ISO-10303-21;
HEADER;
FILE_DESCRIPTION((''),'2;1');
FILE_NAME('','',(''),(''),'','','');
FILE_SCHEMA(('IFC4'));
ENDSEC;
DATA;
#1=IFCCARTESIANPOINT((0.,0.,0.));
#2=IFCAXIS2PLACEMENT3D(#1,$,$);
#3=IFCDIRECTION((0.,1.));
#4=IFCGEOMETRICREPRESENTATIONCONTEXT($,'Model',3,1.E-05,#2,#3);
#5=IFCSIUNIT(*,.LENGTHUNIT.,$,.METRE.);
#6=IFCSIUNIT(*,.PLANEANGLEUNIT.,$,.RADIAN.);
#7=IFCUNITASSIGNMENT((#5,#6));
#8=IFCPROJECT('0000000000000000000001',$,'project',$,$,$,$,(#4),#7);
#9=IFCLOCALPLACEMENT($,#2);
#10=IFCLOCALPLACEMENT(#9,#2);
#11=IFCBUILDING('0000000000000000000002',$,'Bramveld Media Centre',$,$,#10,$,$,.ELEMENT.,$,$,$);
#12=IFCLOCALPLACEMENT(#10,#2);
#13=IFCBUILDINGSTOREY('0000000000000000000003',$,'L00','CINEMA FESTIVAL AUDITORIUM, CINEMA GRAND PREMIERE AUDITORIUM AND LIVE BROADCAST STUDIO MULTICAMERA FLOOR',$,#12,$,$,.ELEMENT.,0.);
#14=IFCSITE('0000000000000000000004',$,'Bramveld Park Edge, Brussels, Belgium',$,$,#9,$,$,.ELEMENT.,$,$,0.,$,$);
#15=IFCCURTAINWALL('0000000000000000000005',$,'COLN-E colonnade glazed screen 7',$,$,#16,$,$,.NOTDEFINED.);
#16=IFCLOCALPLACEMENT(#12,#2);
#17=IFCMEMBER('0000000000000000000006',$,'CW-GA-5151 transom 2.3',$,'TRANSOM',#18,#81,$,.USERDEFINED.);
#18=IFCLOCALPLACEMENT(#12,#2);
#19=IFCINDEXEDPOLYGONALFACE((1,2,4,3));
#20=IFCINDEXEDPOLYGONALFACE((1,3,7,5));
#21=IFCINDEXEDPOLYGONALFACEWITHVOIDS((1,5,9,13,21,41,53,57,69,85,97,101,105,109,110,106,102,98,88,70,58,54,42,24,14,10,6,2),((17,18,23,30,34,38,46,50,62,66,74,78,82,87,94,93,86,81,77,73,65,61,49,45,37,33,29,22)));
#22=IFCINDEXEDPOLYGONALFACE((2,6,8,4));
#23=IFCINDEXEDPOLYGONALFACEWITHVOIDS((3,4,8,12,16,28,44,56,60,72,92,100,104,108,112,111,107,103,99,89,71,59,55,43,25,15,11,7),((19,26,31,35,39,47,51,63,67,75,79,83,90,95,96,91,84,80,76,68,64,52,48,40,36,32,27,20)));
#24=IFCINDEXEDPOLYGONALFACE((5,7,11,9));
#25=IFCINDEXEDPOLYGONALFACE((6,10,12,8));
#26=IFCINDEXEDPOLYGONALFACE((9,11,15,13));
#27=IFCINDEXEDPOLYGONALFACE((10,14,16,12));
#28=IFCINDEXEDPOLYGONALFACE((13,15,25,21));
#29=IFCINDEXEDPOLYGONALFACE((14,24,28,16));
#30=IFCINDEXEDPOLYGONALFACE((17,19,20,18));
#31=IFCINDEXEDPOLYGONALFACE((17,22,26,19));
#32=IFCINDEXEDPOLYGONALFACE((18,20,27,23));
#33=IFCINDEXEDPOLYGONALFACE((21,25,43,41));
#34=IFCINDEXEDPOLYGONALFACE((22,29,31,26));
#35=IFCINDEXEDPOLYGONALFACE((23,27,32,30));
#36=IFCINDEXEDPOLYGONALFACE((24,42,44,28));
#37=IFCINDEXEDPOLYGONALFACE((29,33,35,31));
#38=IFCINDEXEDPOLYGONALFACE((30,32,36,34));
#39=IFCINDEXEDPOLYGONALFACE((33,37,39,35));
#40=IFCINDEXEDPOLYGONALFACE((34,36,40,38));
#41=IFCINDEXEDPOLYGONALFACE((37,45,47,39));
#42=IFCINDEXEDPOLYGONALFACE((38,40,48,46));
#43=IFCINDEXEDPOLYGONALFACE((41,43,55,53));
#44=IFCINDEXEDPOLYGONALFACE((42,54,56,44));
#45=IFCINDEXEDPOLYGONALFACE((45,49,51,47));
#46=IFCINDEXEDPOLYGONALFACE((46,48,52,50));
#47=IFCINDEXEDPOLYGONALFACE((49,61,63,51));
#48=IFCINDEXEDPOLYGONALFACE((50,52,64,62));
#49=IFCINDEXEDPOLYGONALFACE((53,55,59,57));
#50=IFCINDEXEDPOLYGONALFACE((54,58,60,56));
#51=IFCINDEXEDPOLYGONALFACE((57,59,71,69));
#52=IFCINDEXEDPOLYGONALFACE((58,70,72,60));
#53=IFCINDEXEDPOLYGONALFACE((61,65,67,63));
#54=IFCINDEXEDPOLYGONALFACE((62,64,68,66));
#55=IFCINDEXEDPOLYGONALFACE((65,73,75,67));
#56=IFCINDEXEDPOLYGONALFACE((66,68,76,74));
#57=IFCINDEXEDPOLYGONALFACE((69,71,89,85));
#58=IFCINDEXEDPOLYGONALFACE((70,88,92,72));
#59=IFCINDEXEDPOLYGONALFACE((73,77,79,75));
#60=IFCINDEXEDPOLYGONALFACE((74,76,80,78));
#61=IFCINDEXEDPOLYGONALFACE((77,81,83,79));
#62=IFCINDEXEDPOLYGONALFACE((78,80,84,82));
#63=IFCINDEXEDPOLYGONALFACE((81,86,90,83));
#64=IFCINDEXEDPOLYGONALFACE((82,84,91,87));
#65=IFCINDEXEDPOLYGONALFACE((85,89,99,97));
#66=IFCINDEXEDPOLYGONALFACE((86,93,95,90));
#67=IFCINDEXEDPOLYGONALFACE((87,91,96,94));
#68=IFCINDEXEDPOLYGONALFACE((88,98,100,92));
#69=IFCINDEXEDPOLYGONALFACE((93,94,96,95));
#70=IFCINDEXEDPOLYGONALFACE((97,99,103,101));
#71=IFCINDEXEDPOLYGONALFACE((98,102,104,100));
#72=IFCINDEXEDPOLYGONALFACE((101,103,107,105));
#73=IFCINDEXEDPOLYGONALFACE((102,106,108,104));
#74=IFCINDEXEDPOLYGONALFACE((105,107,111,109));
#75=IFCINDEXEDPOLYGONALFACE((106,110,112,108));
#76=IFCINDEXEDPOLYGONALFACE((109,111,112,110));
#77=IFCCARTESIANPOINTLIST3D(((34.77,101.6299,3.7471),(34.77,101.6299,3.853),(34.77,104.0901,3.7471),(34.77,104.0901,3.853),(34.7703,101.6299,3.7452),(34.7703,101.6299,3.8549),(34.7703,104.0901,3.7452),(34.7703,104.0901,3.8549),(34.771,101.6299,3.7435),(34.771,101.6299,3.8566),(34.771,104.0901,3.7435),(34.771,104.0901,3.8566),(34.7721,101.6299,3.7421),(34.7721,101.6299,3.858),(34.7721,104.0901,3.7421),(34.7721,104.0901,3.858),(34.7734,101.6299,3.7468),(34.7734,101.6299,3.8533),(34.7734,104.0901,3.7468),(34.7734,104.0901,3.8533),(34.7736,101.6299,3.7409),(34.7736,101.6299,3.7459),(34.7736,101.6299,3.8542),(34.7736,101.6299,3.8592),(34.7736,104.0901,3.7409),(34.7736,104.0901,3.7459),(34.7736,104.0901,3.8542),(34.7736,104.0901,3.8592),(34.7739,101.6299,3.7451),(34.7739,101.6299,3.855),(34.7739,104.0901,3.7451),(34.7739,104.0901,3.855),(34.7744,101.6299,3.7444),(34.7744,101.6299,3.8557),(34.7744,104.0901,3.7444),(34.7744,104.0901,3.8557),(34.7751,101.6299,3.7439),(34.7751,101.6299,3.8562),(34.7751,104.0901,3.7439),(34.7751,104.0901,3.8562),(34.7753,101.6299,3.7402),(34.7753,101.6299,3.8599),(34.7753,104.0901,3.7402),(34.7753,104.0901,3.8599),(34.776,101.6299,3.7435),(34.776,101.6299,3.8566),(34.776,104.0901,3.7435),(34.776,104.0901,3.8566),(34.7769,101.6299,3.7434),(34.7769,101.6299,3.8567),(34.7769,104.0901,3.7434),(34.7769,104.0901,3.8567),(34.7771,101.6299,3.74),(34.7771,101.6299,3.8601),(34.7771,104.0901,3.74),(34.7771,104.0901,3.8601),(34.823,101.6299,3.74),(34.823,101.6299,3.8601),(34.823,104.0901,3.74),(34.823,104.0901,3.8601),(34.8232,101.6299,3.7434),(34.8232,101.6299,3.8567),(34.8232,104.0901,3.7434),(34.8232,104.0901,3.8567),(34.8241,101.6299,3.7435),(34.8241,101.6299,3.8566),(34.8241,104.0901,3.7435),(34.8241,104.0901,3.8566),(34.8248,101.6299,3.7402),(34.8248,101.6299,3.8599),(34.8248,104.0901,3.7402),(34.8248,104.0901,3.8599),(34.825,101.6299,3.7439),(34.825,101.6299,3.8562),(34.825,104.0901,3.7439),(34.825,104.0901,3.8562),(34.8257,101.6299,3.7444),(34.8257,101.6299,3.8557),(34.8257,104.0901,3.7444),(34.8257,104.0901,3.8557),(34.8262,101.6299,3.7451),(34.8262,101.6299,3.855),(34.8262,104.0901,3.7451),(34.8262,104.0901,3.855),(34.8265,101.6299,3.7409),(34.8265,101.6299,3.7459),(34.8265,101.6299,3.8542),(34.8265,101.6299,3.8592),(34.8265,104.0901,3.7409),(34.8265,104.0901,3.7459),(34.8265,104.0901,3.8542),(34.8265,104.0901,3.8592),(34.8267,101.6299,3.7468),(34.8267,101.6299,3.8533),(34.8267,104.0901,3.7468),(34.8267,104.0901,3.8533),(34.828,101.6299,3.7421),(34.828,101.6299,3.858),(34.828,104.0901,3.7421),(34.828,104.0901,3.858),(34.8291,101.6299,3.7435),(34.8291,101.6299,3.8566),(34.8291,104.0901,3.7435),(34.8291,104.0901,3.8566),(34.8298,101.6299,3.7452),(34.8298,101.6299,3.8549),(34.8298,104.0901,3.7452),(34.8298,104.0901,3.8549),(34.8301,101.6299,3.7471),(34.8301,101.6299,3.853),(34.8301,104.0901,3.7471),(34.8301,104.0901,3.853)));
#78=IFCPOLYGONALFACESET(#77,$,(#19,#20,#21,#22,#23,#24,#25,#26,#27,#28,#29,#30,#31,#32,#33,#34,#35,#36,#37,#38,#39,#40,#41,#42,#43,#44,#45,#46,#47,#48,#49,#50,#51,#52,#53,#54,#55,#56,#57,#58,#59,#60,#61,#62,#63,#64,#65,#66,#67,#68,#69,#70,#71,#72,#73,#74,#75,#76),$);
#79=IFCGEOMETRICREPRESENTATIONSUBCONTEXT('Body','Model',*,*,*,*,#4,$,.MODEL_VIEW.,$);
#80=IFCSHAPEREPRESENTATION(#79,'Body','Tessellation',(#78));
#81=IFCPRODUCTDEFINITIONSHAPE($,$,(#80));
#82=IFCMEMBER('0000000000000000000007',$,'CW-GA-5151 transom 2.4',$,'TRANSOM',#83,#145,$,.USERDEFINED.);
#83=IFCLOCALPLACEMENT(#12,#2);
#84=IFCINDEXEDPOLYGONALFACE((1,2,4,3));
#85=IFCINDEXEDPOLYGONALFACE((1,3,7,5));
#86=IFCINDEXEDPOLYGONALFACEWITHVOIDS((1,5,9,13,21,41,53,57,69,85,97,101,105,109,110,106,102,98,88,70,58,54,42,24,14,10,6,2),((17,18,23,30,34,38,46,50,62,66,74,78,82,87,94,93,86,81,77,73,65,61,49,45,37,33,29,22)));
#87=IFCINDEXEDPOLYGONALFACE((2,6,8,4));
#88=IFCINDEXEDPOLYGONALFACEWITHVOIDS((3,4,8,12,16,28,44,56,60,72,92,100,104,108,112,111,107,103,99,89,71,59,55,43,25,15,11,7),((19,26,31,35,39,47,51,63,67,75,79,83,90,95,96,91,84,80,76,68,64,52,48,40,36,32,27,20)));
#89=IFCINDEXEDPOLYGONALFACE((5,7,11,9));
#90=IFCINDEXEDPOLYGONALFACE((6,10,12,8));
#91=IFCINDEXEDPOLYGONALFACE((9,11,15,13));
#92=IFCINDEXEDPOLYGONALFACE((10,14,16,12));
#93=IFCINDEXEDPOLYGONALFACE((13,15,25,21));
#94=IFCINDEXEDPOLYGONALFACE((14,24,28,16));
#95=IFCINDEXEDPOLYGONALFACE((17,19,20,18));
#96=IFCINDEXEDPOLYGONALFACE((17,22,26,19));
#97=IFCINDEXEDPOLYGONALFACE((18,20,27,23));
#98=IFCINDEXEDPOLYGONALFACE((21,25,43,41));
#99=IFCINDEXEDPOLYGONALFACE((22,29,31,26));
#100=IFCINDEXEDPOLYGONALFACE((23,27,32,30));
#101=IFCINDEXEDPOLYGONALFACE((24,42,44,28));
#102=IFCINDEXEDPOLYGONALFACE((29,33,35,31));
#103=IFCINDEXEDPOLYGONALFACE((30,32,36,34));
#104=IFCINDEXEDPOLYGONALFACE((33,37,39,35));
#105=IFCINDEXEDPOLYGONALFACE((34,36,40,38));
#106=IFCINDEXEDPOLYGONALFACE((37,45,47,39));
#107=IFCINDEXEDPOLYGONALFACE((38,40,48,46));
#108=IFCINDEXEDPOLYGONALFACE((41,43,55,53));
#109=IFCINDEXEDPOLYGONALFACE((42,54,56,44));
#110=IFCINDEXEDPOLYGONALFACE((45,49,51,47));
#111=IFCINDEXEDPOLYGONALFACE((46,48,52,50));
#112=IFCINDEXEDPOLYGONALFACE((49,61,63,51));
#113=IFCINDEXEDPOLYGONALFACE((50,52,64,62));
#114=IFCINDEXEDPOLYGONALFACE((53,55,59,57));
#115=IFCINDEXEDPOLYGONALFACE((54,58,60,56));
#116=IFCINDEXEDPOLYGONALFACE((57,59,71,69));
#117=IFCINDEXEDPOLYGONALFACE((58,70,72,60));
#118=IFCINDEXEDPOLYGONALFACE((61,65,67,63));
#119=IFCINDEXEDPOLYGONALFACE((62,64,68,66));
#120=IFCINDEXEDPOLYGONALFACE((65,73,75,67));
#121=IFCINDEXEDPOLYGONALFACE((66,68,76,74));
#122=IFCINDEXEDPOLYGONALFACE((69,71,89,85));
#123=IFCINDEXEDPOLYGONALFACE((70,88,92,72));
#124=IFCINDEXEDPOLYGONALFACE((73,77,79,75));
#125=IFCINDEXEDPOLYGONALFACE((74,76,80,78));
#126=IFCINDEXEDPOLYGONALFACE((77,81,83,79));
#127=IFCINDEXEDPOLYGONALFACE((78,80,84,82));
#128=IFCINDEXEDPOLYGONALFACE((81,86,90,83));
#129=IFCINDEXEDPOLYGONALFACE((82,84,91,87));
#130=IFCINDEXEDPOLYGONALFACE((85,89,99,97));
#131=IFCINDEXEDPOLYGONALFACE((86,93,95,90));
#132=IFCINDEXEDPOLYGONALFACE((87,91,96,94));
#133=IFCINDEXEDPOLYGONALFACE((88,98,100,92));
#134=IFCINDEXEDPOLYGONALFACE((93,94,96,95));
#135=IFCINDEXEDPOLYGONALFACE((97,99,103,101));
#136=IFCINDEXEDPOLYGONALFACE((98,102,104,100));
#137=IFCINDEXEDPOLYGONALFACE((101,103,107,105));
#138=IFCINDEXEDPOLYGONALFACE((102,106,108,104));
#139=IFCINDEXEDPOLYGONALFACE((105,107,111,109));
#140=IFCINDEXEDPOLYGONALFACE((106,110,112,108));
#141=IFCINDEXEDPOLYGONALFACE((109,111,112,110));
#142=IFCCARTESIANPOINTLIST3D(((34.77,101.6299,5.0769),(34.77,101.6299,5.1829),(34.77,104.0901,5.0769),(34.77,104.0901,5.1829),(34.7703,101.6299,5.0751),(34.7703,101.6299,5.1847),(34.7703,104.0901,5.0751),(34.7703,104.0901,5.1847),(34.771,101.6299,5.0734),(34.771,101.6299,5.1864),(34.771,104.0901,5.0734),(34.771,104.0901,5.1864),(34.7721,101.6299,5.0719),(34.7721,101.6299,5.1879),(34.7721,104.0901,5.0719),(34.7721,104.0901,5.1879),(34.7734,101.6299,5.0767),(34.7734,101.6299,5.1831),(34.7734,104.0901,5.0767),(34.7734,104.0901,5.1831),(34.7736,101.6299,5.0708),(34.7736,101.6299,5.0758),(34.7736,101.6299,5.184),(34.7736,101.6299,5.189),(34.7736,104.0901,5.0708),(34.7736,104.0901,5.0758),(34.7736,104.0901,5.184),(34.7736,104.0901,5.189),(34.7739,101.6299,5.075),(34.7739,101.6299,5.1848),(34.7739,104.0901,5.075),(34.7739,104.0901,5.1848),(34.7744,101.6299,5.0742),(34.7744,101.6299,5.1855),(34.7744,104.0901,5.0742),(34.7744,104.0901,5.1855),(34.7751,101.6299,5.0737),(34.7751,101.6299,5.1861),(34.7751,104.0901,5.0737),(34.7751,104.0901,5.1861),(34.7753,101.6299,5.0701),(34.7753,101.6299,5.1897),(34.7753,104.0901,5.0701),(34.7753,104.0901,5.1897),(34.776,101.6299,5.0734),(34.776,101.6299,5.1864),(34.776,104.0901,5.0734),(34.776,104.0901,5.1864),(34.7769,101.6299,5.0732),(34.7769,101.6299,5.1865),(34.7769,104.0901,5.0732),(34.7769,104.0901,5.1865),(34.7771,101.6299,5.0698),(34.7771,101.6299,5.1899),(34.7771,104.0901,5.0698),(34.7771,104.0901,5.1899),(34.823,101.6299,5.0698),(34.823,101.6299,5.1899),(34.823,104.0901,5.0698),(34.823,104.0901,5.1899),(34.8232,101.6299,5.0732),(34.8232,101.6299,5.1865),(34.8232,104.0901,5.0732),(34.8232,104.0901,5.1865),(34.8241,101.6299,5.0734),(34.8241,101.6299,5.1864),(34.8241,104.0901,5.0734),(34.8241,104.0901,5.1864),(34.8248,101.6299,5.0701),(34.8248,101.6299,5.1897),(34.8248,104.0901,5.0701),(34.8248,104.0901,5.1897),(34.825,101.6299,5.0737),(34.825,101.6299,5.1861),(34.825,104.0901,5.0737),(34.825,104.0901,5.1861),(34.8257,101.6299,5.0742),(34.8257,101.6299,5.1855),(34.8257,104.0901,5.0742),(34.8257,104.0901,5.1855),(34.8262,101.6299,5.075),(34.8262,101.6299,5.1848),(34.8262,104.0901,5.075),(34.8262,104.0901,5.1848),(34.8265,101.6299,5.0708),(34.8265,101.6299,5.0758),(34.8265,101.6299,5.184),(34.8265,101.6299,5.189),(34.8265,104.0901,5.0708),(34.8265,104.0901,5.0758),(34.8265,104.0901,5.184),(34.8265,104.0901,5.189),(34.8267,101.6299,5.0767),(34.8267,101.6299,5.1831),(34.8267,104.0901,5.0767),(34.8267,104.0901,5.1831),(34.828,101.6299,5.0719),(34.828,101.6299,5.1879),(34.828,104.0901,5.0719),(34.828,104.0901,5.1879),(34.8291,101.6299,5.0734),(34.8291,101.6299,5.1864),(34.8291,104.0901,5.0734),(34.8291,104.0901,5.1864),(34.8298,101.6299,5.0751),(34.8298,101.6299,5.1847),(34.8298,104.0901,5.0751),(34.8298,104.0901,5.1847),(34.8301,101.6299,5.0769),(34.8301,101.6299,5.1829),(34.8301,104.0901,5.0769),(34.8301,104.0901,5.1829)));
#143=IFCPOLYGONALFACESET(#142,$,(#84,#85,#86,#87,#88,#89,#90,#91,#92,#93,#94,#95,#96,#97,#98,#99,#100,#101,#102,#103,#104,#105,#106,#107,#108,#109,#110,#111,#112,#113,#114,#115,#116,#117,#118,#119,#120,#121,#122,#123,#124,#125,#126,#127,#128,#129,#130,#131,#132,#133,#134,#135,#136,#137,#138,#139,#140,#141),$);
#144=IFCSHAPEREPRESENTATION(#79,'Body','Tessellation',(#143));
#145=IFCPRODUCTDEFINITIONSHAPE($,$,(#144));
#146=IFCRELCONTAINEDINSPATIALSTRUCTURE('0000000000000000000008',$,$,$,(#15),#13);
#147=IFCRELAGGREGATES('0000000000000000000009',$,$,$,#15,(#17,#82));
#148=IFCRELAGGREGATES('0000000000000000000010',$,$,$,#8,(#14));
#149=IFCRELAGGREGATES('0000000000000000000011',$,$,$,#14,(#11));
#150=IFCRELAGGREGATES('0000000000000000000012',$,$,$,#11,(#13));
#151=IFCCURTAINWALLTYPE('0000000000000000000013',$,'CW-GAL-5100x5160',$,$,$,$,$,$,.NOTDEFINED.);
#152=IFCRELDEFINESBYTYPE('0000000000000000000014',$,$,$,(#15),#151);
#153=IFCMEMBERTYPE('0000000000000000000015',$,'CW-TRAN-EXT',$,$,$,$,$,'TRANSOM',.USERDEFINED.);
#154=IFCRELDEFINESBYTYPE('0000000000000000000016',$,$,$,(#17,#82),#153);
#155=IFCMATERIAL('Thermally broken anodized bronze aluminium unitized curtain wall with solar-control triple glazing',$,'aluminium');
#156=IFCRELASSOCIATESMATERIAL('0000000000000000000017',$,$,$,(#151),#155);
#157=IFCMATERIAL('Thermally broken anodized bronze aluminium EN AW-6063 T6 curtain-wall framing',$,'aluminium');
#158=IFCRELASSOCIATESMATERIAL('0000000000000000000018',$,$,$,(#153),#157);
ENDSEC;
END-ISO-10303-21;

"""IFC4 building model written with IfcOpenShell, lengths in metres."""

from ifc_helpers import new_model, si_unit, direction, frame, origin, origin_2d, place, context, subcontext, project, spatial, hollow_rectangle, extrude, material, material_profile, profile_set, type_object, element, aggregate, save


model = new_model("IFC4")

# Units and contexts
model_context = context("Model", 3, precision=1e-05, world=origin(), true_north=direction((0.0, 1.0)))
body_context = subcontext(model_context, "Body", "Model", "MODEL_VIEW")
ifc_project = project(units=[si_unit("LENGTHUNIT", "METRE"), si_unit("PLANEANGLEUNIT", "RADIAN")], contexts=[model_context])

# Site, building, storey
site_placement = place(None, origin())
site = spatial("IfcSite", under=ifc_project, at=site_placement, Name="Bramveld Park Edge, Brussels, Belgium", CompositionType="ELEMENT", RefElevation=0.0)
building_placement = place(site_placement, origin())
building = spatial("IfcBuilding", under=site, at=building_placement, Name="Bramveld Media Centre", CompositionType="ELEMENT")
storey_placement = place(building_placement, origin())
storey = spatial("IfcBuildingStorey", under=building, at=storey_placement, Name="L00", Description="CINEMA FESTIVAL AUDITORIUM, CINEMA GRAND PREMIERE AUDITORIUM AND LIVE BROADCAST STUDIO MULTICAMERA FLOOR", CompositionType="ELEMENT", Elevation=0.0)

# Curtain wall
ifc_material_1 = material(Name="Thermally broken anodized bronze aluminium unitized curtain wall with solar-control triple glazing", Category="aluminium")
curtain_wall_type = type_object("IfcCurtainWallType", Name="CW-GAL-5100x5160", PredefinedType="NOTDEFINED", material=ifc_material_1)
curtain_wall_1_placement = place(storey_placement, origin())
curtain_wall_1 = element("IfcCurtainWall", 1, at=curtain_wall_1_placement, inside=storey, type_object=curtain_wall_type, Name="COLN-E colonnade glazed screen 7", PredefinedType="NOTDEFINED")

# Members
ifc_material_2 = material(Name="Thermally broken anodized bronze aluminium EN AW-6063 T6 curtain-wall framing", Category="aluminium")
ifc_material_profile_1 = material_profile(ifc_material_2, hollow_rectangle(XDim=0.0601, YDim=0.1201, WallThickness=0.0034, InnerFilletRadius=0.0034, OuterFilletRadius=0.0071, at=origin_2d()), Name="AL-TRAN 60x120")
ifc_profile_set_1 = profile_set([ifc_material_profile_1], Name="Thermally broken anodized bronze aluminium EN AW-6063 T6 curtain-wall framing")
member_type_1 = type_object("IfcMemberType", Name="CW-TRAN-EXT", ElementType="TRANSOM", PredefinedType="USERDEFINED", material=ifc_profile_set_1)
member_1_placement = place(storey_placement, frame((34.8, 101.6299, 3.8), z_axis=(0.0, 1.0, 0.0), x_axis=(-1.0, 0.0, 0.0)))
member_1 = element("IfcMember", 2, at=member_1_placement, type_object=member_type_1, Name="CW-GA-5151 transom 2.3", ObjectType="TRANSOM", PredefinedType="USERDEFINED", context=body_context, shape_type="SweptSolid", body=[
    extrude(hollow_rectangle(XDim=0.0601, YDim=0.1201, WallThickness=0.0034, InnerFilletRadius=0.0034, OuterFilletRadius=0.0071, at=origin_2d()), origin(), (0.0, 0.0, 1.0), 2.4602),
])
member_2_placement = place(storey_placement, frame((34.8, 101.6299, 5.1299), z_axis=(0.0, 1.0, 0.0), x_axis=(-1.0, 0.0, 0.0)))
member_2 = element("IfcMember", 3, at=member_2_placement, type_object=member_type_1, Name="CW-GA-5151 transom 2.4", ObjectType="TRANSOM", PredefinedType="USERDEFINED", context=body_context, shape_type="SweptSolid", body=[
    extrude(hollow_rectangle(XDim=0.0601, YDim=0.1201, WallThickness=0.0034, InnerFilletRadius=0.0034, OuterFilletRadius=0.0071, at=origin_2d()), origin(), (0.0, 0.0, 1.0), 2.4602),
])

aggregate(curtain_wall_1, [member_1, member_2])

save(model, "model.ifc")
